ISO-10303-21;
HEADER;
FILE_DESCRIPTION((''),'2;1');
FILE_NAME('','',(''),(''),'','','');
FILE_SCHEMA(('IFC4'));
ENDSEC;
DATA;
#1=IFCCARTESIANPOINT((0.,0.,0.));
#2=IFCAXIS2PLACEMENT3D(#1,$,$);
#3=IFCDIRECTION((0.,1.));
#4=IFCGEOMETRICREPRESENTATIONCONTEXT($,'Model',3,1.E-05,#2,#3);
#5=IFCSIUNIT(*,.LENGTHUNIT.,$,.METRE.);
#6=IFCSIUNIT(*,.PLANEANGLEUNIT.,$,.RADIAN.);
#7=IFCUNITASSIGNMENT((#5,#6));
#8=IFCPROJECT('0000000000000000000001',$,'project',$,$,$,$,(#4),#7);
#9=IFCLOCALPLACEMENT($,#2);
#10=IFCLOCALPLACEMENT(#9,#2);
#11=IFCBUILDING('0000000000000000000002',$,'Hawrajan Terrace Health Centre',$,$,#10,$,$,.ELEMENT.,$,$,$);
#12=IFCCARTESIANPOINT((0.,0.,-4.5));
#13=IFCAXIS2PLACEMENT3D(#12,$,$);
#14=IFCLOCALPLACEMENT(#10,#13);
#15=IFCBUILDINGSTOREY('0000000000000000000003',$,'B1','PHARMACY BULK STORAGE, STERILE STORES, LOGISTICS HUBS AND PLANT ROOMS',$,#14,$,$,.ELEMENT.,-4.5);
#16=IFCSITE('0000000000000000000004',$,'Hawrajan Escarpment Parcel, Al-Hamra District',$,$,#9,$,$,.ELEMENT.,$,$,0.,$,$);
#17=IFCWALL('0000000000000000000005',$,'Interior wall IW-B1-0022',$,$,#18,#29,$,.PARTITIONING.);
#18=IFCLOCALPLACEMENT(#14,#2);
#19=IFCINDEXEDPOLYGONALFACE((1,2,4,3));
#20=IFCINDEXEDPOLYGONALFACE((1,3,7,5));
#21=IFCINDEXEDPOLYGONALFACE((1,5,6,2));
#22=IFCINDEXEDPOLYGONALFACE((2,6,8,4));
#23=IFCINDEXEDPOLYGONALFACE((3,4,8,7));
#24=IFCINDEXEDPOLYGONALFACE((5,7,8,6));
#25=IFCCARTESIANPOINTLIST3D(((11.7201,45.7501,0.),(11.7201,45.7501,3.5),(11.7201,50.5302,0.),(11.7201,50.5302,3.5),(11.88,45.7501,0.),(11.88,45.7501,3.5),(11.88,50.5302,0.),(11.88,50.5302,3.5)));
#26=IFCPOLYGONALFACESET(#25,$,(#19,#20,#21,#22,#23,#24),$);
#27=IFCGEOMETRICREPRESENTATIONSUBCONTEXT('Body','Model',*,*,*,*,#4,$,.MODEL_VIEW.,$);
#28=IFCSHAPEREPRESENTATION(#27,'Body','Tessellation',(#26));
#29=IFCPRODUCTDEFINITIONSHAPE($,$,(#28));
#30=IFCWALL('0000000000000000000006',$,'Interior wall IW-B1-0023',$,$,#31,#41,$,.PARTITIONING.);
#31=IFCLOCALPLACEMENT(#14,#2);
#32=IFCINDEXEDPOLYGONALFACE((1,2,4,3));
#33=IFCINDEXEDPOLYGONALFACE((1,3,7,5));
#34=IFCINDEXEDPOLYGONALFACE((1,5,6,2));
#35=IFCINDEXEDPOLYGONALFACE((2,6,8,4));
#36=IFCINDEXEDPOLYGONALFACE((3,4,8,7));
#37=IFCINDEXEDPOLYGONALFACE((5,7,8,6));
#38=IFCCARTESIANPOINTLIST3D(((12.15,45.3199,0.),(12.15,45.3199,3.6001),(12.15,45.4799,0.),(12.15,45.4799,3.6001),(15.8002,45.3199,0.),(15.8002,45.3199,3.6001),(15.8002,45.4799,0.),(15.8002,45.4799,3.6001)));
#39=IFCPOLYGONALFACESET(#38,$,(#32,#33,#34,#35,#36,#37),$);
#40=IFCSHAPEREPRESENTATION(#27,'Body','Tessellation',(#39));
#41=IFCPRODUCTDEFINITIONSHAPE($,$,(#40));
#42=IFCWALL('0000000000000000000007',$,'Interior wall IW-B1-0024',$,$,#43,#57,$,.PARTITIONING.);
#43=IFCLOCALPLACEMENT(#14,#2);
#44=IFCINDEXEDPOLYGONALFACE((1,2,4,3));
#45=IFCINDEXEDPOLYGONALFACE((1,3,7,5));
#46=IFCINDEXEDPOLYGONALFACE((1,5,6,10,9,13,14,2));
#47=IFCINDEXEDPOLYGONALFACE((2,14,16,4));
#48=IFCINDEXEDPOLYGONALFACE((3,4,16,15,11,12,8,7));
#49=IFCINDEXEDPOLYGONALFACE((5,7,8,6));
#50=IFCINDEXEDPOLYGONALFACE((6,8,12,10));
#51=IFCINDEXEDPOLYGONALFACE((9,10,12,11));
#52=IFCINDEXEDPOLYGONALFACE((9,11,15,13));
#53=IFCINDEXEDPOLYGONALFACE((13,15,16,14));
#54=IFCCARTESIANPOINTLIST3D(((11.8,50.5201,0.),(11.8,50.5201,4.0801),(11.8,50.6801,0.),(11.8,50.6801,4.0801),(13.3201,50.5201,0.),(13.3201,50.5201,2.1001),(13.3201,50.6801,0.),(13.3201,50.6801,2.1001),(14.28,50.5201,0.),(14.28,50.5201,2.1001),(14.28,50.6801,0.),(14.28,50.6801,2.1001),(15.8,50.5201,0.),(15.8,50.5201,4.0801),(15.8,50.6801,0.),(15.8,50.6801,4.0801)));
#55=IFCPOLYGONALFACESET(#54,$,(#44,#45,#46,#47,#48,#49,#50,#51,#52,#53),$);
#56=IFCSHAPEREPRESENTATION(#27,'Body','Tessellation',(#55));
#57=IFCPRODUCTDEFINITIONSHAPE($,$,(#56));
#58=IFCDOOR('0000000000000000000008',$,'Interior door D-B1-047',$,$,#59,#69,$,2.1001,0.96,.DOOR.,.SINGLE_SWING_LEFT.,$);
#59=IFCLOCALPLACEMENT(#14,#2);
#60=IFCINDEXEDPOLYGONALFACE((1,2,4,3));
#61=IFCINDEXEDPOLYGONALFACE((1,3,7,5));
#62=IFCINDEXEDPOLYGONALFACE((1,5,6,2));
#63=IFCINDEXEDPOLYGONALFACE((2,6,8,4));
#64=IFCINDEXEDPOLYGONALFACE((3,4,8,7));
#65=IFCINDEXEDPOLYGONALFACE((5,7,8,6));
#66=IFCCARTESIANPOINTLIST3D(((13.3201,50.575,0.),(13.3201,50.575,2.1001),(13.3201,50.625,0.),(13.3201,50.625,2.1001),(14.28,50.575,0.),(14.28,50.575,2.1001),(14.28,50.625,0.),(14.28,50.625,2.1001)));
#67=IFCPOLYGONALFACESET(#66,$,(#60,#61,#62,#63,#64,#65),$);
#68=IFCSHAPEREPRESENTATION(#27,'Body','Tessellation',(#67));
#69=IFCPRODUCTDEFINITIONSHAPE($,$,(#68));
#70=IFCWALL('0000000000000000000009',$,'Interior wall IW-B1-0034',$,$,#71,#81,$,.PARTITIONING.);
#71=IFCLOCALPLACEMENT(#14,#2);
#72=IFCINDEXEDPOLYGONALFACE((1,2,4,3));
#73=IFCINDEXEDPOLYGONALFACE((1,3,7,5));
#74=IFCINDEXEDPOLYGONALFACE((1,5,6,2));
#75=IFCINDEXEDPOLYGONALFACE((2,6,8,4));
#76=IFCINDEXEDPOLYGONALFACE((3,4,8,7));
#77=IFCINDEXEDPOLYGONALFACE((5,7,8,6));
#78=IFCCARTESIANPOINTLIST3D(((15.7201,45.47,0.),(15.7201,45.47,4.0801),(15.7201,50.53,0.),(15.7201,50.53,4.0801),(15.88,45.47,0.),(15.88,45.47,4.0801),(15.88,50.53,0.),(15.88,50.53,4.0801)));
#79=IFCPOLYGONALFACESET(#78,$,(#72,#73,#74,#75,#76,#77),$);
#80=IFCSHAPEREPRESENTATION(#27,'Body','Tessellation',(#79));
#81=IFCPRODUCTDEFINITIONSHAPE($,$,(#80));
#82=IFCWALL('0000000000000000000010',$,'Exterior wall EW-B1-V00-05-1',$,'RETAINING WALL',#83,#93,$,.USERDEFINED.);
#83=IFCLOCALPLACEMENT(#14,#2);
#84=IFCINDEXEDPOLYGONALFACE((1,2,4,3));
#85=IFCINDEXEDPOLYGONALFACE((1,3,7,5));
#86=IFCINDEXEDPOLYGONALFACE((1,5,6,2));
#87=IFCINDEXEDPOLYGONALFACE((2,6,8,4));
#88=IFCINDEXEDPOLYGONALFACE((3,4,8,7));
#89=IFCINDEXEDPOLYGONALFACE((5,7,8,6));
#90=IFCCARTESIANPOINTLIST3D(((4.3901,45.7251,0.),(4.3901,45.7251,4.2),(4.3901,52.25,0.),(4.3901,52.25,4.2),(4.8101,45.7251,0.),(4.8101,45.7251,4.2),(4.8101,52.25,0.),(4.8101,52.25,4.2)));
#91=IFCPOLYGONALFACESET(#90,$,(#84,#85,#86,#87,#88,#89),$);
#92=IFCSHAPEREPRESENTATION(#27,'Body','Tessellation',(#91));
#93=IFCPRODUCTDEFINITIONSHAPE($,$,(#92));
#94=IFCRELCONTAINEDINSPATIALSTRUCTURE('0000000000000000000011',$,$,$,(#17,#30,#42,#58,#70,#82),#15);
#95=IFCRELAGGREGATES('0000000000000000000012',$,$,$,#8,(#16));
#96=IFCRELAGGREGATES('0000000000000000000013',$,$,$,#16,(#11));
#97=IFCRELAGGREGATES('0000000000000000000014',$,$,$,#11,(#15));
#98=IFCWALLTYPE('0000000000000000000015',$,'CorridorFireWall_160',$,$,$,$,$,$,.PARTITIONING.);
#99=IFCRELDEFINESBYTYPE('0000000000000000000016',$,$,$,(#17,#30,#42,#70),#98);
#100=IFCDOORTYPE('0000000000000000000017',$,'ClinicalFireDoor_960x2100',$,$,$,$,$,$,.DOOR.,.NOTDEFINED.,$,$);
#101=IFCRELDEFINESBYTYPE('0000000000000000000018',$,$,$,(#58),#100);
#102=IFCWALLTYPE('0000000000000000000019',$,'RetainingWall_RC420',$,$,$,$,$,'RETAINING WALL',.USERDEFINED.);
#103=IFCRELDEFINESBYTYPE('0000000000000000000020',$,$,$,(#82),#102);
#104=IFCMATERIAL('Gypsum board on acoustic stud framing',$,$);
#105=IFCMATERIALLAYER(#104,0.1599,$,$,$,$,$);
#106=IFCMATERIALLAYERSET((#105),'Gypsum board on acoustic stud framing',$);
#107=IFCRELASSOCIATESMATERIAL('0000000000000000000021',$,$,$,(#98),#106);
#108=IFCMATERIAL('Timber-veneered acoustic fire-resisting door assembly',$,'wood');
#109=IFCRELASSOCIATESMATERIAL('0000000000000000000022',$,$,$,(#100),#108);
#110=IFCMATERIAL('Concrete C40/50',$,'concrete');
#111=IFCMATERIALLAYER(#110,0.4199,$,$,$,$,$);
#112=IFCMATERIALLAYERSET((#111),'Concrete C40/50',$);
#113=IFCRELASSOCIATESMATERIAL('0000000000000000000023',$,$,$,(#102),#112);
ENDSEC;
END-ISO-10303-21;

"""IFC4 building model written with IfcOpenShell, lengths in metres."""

from ifc_helpers import new_model, si_unit, direction, frame, frame_2d, origin, place, context, subcontext, project, spatial, rectangle, extrude, material, layer, layer_set, type_object, element, fill, save


model = new_model("IFC4")

# Units and contexts
model_context = context("Model", 3, precision=1e-05, world=origin(), true_north=direction((0.0, 1.0)))
body_context = subcontext(model_context, "Body", "Model", "MODEL_VIEW")
ifc_project = project(units=[si_unit("LENGTHUNIT", "METRE"), si_unit("PLANEANGLEUNIT", "RADIAN")], contexts=[model_context])

# Site, building, storey
site_placement = place(None, origin())
site = spatial("IfcSite", under=ifc_project, at=site_placement, Name="Hawrajan Escarpment Parcel, Al-Hamra District", CompositionType="ELEMENT", RefElevation=0.0)
building_placement = place(site_placement, origin())
building = spatial("IfcBuilding", under=site, at=building_placement, Name="Hawrajan Terrace Health Centre", CompositionType="ELEMENT")
storey_placement = place(building_placement, frame((0.0, 0.0, -4.5)))
storey = spatial("IfcBuildingStorey", under=building, at=storey_placement, Name="B1", Description="PHARMACY BULK STORAGE, STERILE STORES, LOGISTICS HUBS AND PLANT ROOMS", CompositionType="ELEMENT", Elevation=-4.5)

# Shared definitions
ifc_material_1 = material(Name="Concrete C40/50", Category="concrete")

# Shared definitions
ifc_material_2 = material(Name="Gypsum board on acoustic stud framing")

# Shared definitions
ifc_layer_1 = layer(ifc_material_2, 0.1599)
ifc_layer_set_1 = layer_set([ifc_layer_1], Name="Gypsum board on acoustic stud framing")
wall_type_1 = type_object("IfcWallType", Name="CorridorFireWall_160", PredefinedType="PARTITIONING", material=ifc_layer_set_1)

# Shared definitions
ifc_material_3 = material(Name="Timber-veneered acoustic fire-resisting door assembly", Category="wood")
door_type_1 = type_object("IfcDoorType", Name="ClinicalFireDoor_960x2100", OperationType="NOTDEFINED", PredefinedType="DOOR", material=ifc_material_3)

# Walls
wall_1_placement = place(storey_placement, frame((11.8, 45.75, 0.0), z_axis=(0.0, 0.0, 1.0), x_axis=(0.0, 1.0, 0.0)))
element("IfcWall", 1, at=wall_1_placement, inside=storey, type_object=wall_type_1, Name="Interior wall IW-B1-0022", PredefinedType="PARTITIONING", context=body_context, shape_type="SweptSolid", body=[
    extrude(rectangle(XDim=4.78, YDim=0.1599, at=frame_2d((2.3901, 0.0))), origin(), (0.0, 0.0, 1.0), 3.5),
])
wall_2_placement = place(storey_placement, frame((12.1499, 45.3999, 0.0), z_axis=(0.0, 0.0, 1.0), x_axis=(1.0, 0.0, 0.0)))
element("IfcWall", 2, at=wall_2_placement, inside=storey, type_object=wall_type_1, Name="Interior wall IW-B1-0023", PredefinedType="PARTITIONING", context=body_context, shape_type="SweptSolid", body=[
    extrude(rectangle(XDim=3.6501, YDim=0.1599, at=frame_2d((1.8252, 0.0))), origin(), (0.0, 0.0, 1.0), 3.6001),
])

# Wall, opening, door
wall_3_placement = place(storey_placement, frame((11.8, 50.6001, 0.0), z_axis=(0.0, 0.0, 1.0), x_axis=(1.0, 0.0, 0.0)))
wall_3 = element("IfcWall", 3, at=wall_3_placement, inside=storey, type_object=wall_type_1, Name="Interior wall IW-B1-0024", PredefinedType="PARTITIONING", context=body_context, shape_type="SweptSolid", body=[
    extrude(rectangle(XDim=4.0, YDim=0.1599, at=frame_2d((2.0, 0.0))), origin(), (0.0, 0.0, 1.0), 4.0801),
])
opening_1_placement = place(wall_3_placement, frame((1.52, 0.0, 0.0)))
opening_1 = element("IfcOpeningElement", 4, at=opening_1_placement, cuts=wall_3, PredefinedType="OPENING", context=body_context, shape_type="SweptSolid", body=[
    extrude(rectangle(XDim=0.96, YDim=2.1001, at=frame_2d((0.48, 1.05))), frame((0.0, 0.0898, 0.0), z_axis=(0.0, -1.0, 0.0), x_axis=(1.0, 0.0, 0.0)), (0.0, 0.0, 1.0), 0.1799),
])
door_1_placement = place(opening_1_placement, origin())
door_1 = element("IfcDoor", 5, at=door_1_placement, inside=storey, type_object=door_type_1, Name="Interior door D-B1-047", OperationType="SINGLE_SWING_LEFT", OverallHeight=2.1001, OverallWidth=0.96, PredefinedType="DOOR", context=body_context, shape_type="SweptSolid", body=[
    extrude(rectangle(XDim=0.96, YDim=2.1001, at=frame_2d((0.48, 1.05))), frame((0.0, 0.0249, 0.0), z_axis=(0.0, -1.0, 0.0), x_axis=(1.0, 0.0, 0.0)), (0.0, 0.0, 1.0), 0.05),
])
fill(opening_1, door_1)

# Walls
wall_4_placement = place(storey_placement, frame((15.8, 45.47, 0.0), z_axis=(0.0, 0.0, 1.0), x_axis=(0.0, 1.0, 0.0)))
element("IfcWall", 6, at=wall_4_placement, inside=storey, type_object=wall_type_1, Name="Interior wall IW-B1-0034", PredefinedType="PARTITIONING", context=body_context, shape_type="SweptSolid", body=[
    extrude(rectangle(XDim=5.0601, YDim=0.1599, at=frame_2d((2.53, 0.0))), origin(), (0.0, 0.0, 1.0), 4.0801),
])
ifc_layer_2 = layer(ifc_material_1, 0.4199)
ifc_layer_set_2 = layer_set([ifc_layer_2], Name="Concrete C40/50")
wall_type_2 = type_object("IfcWallType", Name="RetainingWall_RC420", ElementType="RETAINING WALL", PredefinedType="USERDEFINED", material=ifc_layer_set_2)
wall_5_placement = place(storey_placement, frame((4.6001, 45.7251, 0.0), z_axis=(0.0, 0.0, 1.0), x_axis=(0.0, 1.0, 0.0)))
element("IfcWall", 7, at=wall_5_placement, inside=storey, type_object=wall_type_2, Name="Exterior wall EW-B1-V00-05-1", ObjectType="RETAINING WALL", PredefinedType="USERDEFINED", context=body_context, shape_type="SweptSolid", body=[
    extrude(rectangle(XDim=6.5249, YDim=0.4199, at=frame_2d((3.2625, 0.0))), origin(), (0.0, 0.0, 1.0), 4.2),
])

save(model, "model.ifc")
